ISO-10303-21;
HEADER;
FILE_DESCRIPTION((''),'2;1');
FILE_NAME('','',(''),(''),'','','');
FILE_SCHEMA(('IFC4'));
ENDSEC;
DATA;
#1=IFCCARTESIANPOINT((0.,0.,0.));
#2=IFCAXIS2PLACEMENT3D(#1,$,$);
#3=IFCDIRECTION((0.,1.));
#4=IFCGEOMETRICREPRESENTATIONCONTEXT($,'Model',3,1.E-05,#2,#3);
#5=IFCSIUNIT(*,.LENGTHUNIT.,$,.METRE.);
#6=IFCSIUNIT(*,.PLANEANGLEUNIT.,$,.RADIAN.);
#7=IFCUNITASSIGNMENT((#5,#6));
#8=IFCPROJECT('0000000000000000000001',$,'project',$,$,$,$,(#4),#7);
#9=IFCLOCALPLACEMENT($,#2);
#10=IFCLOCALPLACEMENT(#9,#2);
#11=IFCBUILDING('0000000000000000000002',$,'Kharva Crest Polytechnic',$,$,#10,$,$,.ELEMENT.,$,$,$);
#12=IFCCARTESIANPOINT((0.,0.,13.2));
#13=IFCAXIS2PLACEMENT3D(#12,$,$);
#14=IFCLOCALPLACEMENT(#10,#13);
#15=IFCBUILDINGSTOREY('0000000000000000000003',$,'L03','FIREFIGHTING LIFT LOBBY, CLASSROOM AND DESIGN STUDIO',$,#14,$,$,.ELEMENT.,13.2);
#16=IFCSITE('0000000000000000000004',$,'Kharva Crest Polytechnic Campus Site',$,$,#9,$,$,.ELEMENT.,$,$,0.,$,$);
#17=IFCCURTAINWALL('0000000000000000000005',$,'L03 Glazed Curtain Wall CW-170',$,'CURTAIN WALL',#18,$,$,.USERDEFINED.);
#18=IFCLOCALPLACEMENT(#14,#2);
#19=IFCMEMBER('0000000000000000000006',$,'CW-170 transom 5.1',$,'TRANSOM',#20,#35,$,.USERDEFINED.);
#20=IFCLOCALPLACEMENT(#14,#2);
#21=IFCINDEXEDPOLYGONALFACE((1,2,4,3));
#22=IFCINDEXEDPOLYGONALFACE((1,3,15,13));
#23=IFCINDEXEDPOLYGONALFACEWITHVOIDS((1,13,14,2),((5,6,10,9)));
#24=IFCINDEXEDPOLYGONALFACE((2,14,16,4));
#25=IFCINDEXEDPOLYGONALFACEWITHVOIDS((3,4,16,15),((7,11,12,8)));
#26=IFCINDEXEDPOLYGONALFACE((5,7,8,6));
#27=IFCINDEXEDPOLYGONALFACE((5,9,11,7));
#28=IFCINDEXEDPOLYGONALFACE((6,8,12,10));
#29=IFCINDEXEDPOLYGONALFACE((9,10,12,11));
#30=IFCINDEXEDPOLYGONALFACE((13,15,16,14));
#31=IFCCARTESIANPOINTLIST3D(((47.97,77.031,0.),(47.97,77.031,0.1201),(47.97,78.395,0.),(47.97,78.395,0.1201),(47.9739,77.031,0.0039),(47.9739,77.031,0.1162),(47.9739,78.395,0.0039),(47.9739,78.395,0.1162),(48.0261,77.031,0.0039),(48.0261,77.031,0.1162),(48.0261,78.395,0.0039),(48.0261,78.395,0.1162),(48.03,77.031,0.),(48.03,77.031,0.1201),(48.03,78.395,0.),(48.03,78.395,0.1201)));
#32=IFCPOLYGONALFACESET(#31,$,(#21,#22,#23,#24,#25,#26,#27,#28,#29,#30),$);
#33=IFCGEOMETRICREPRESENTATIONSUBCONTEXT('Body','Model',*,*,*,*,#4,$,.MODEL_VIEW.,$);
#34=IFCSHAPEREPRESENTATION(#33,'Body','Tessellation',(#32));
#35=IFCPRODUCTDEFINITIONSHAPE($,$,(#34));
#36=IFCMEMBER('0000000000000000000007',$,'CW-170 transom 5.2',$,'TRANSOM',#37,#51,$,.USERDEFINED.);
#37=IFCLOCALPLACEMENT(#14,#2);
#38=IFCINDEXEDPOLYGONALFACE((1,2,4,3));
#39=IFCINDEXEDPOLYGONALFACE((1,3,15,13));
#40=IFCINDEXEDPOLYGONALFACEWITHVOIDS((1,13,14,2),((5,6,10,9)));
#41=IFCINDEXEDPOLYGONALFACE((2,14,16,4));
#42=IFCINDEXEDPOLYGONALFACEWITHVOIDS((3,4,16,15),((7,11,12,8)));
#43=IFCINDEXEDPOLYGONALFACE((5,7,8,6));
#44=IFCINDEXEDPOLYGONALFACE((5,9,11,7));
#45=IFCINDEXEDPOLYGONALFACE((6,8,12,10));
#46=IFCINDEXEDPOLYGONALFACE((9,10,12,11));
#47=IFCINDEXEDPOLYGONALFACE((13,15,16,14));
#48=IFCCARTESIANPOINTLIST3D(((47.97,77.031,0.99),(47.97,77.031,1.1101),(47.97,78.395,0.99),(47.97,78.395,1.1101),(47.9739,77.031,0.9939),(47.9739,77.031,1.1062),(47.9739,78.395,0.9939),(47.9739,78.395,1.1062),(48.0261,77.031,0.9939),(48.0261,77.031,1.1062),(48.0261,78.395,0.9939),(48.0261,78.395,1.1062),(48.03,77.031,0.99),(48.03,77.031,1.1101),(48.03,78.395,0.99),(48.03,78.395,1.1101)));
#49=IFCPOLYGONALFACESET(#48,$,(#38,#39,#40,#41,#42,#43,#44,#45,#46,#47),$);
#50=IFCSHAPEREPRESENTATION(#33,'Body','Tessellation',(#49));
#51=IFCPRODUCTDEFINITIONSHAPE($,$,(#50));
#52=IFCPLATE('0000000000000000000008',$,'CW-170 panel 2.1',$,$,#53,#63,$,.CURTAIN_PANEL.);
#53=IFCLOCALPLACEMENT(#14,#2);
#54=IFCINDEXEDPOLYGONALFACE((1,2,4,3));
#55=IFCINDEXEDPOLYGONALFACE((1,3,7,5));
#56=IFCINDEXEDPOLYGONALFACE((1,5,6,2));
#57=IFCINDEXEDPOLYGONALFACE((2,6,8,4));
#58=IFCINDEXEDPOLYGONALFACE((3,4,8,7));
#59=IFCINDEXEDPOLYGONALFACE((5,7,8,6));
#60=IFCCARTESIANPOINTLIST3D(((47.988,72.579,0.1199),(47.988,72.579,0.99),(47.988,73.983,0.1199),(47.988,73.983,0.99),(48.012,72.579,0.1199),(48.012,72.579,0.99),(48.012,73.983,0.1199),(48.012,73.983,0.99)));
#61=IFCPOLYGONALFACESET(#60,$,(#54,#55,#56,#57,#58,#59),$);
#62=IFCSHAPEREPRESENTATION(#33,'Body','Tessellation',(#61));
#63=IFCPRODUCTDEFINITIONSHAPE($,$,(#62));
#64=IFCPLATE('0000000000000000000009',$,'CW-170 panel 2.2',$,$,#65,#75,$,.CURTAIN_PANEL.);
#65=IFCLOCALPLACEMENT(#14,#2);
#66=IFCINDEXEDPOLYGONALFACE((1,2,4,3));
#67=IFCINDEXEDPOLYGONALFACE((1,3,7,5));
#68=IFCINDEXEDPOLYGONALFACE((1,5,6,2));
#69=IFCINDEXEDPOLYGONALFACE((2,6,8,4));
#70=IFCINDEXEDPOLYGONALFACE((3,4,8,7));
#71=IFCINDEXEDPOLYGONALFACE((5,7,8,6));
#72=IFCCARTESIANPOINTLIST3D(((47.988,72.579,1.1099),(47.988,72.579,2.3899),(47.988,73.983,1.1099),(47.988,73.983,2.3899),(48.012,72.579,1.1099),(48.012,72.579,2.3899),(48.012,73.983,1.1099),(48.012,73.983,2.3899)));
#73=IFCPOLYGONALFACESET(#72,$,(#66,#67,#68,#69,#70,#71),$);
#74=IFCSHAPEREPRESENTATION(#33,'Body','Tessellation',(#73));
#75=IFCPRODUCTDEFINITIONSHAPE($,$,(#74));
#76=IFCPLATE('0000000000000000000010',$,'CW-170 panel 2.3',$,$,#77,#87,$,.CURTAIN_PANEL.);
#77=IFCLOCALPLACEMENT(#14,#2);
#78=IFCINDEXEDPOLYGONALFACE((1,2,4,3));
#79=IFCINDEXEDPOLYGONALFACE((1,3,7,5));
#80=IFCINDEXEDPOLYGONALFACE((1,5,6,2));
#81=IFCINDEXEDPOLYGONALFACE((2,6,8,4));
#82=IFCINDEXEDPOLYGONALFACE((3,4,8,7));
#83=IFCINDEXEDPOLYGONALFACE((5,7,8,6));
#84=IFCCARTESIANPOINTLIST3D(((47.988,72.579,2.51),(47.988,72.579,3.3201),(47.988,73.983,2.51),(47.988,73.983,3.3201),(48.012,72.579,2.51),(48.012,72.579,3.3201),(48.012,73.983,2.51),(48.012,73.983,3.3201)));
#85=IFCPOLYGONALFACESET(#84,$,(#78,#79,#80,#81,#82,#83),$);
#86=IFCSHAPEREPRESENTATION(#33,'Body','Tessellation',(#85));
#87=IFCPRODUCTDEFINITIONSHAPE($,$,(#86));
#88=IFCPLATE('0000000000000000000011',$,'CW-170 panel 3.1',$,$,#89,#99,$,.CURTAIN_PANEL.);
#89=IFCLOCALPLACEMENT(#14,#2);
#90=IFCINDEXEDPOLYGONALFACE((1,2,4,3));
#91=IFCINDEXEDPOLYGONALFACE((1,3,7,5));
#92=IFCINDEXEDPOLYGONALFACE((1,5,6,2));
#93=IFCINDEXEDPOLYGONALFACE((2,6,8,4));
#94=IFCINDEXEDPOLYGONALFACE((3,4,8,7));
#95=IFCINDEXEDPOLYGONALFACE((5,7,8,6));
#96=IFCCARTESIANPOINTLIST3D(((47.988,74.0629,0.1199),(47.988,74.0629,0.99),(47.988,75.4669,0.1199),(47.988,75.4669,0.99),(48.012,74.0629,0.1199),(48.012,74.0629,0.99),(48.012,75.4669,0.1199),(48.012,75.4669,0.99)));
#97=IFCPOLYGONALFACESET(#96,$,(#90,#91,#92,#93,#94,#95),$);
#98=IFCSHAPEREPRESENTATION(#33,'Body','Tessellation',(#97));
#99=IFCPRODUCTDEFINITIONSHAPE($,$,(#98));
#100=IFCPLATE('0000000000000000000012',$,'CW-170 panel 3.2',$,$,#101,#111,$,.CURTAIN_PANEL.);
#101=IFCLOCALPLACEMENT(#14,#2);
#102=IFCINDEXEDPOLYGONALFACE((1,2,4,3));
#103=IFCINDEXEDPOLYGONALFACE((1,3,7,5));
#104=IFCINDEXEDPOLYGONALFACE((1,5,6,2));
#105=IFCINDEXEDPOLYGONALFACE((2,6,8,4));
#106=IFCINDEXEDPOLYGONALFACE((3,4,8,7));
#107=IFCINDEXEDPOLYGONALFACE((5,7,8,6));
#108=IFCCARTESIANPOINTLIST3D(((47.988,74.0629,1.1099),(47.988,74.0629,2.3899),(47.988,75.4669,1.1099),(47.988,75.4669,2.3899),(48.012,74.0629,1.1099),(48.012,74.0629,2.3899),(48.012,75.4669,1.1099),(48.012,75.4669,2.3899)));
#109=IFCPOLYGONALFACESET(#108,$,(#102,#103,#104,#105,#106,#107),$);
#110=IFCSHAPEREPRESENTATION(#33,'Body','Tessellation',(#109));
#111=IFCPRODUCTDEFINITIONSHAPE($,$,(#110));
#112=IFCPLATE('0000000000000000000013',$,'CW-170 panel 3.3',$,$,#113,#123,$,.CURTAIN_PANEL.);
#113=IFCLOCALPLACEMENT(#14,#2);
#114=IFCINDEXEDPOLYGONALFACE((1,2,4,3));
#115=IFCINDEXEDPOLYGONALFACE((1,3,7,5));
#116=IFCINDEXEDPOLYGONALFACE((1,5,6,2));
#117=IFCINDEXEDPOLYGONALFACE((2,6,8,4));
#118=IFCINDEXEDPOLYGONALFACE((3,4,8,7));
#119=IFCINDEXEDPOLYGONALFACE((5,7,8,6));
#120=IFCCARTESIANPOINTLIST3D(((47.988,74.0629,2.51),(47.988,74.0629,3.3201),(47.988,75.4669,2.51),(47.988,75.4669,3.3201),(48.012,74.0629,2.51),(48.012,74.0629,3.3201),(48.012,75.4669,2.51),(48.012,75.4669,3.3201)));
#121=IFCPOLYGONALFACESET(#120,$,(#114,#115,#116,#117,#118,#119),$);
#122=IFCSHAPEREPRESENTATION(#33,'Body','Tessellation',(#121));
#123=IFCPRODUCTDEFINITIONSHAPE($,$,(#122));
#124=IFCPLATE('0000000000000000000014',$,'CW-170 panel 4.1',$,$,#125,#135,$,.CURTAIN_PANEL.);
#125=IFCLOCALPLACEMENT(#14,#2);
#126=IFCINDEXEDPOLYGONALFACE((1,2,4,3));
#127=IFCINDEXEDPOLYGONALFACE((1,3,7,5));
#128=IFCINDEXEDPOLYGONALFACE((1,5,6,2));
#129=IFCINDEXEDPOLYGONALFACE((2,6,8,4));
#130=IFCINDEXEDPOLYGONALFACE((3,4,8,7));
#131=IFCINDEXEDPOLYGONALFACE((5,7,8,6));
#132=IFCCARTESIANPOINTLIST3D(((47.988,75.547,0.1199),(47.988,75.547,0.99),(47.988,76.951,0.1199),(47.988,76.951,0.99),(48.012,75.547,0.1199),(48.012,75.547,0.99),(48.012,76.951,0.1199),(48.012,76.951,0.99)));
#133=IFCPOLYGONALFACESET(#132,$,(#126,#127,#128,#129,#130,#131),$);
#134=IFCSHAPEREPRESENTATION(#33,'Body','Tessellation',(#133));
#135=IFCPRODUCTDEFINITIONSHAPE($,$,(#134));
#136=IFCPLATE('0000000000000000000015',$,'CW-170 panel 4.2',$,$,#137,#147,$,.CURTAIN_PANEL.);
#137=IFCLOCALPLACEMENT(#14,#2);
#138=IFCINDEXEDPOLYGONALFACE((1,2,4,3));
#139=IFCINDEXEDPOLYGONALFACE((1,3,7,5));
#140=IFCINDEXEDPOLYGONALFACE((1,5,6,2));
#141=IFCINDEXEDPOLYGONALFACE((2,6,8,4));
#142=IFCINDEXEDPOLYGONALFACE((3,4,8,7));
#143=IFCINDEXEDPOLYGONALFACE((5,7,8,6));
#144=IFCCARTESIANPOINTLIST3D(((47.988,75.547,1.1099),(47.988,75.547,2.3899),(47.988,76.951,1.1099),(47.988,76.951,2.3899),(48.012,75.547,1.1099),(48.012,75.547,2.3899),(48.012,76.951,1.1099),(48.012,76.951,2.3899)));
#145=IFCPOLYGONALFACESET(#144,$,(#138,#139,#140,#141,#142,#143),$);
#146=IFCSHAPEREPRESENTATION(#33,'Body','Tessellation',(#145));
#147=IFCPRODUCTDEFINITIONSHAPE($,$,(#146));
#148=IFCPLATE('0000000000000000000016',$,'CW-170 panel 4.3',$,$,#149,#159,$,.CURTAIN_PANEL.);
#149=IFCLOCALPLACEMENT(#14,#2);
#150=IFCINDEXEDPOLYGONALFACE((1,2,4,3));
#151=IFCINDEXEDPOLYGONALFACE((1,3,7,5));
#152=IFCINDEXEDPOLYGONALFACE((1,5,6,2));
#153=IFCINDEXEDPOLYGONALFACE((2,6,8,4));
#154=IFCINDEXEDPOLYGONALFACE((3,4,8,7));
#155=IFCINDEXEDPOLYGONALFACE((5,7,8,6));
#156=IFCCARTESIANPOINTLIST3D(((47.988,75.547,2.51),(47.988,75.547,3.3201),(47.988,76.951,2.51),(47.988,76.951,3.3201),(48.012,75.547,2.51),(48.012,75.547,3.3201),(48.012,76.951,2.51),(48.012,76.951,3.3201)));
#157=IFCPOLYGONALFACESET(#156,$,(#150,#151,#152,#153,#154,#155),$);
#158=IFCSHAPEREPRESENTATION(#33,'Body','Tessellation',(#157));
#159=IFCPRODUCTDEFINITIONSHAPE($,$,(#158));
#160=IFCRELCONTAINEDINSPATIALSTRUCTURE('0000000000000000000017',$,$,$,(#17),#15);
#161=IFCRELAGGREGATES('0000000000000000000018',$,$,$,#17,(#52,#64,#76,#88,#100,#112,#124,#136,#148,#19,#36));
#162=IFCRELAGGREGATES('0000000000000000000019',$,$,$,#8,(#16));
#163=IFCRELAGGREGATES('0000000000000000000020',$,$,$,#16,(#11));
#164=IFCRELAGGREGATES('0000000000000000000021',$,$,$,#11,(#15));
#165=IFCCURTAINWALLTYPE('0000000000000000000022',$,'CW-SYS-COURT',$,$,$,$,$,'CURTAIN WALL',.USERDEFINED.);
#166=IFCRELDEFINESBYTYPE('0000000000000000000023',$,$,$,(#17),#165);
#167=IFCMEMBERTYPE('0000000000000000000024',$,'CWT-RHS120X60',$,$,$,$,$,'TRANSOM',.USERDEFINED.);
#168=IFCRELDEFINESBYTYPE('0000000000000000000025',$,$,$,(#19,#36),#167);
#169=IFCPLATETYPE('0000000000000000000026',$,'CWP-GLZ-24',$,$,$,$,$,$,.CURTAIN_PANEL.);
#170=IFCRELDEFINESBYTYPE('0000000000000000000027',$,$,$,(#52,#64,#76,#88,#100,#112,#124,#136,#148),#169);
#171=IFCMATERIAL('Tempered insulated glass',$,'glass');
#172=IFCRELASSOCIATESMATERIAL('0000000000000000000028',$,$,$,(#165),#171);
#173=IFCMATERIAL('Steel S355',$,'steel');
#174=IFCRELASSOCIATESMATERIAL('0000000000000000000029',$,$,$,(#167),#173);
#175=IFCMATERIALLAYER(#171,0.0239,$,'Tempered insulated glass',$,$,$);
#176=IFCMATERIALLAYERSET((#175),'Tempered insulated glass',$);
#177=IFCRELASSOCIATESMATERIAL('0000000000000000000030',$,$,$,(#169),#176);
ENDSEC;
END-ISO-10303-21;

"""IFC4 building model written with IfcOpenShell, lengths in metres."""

from ifc_helpers import new_model, si_unit, direction, frame, origin, origin_2d, place, context, subcontext, project, spatial, rectangle, hollow_rectangle, extrude, material, layer, layer_set, material_profile, profile_set, type_object, element, aggregate, save


model = new_model("IFC4")

# Units and contexts
model_context = context("Model", 3, precision=1e-05, world=origin(), true_north=direction((0.0, 1.0)))
body_context = subcontext(model_context, "Body", "Model", "MODEL_VIEW")
ifc_project = project(units=[si_unit("LENGTHUNIT", "METRE"), si_unit("PLANEANGLEUNIT", "RADIAN")], contexts=[model_context])

# Site, building, storey
site_placement = place(None, origin())
site = spatial("IfcSite", under=ifc_project, at=site_placement, Name="Kharva Crest Polytechnic Campus Site", CompositionType="ELEMENT", RefElevation=0.0)
building_placement = place(site_placement, origin())
building = spatial("IfcBuilding", under=site, at=building_placement, Name="Kharva Crest Polytechnic", CompositionType="ELEMENT")
storey_placement = place(building_placement, frame((0.0, 0.0, 13.2)))
storey = spatial("IfcBuildingStorey", under=building, at=storey_placement, Name="L03", Description="FIREFIGHTING LIFT LOBBY, CLASSROOM AND DESIGN STUDIO", CompositionType="ELEMENT", Elevation=13.2)

# Curtain wall, members, plates
ifc_material_1 = material(Name="Tempered insulated glass", Category="glass")
curtain_wall_type = type_object("IfcCurtainWallType", Name="CW-SYS-COURT", ElementType="CURTAIN WALL", PredefinedType="USERDEFINED", material=ifc_material_1)
curtain_wall_placement = place(storey_placement, origin())
curtain_wall = element("IfcCurtainWall", 1, at=curtain_wall_placement, inside=storey, type_object=curtain_wall_type, Name="L03 Glazed Curtain Wall CW-170", ObjectType="CURTAIN WALL", PredefinedType="USERDEFINED")
ifc_material_2 = material(Name="Steel S355", Category="steel")
ifc_material_profile_1 = material_profile(ifc_material_2, hollow_rectangle(XDim=0.0601, YDim=0.1201, WallThickness=0.0039, at=origin_2d()), Name="RHS 120X60X4.0")
ifc_profile_set_1 = profile_set([ifc_material_profile_1], Name="Steel S355")
member_type_1 = type_object("IfcMemberType", Name="CWT-RHS120X60", ElementType="TRANSOM", PredefinedType="USERDEFINED", material=ifc_profile_set_1)
member_1_placement = place(storey_placement, frame((48.0, 77.031, 0.0601), z_axis=(0.0, 1.0, 0.0), x_axis=(-1.0, 0.0, 0.0)))
member_1 = element("IfcMember", 2, at=member_1_placement, type_object=member_type_1, Name="CW-170 transom 5.1", ObjectType="TRANSOM", PredefinedType="USERDEFINED", context=body_context, shape_type="SweptSolid", body=[
    extrude(hollow_rectangle(XDim=0.0601, YDim=0.1201, WallThickness=0.0039, at=origin_2d()), origin(), (0.0, 0.0, 1.0), 1.364),
])
member_2_placement = place(storey_placement, frame((48.0, 77.031, 1.05), z_axis=(0.0, 1.0, 0.0), x_axis=(-1.0, 0.0, 0.0)))
member_2 = element("IfcMember", 3, at=member_2_placement, type_object=member_type_1, Name="CW-170 transom 5.2", ObjectType="TRANSOM", PredefinedType="USERDEFINED", context=body_context, shape_type="SweptSolid", body=[
    extrude(hollow_rectangle(XDim=0.0601, YDim=0.1201, WallThickness=0.0039, at=origin_2d()), origin(), (0.0, 0.0, 1.0), 1.364),
])
ifc_layer = layer(ifc_material_1, 0.0239, Name="Tempered insulated glass")
ifc_layer_set = layer_set([ifc_layer], Name="Tempered insulated glass")
plate_type = type_object("IfcPlateType", Name="CWP-GLZ-24", PredefinedType="CURTAIN_PANEL", material=ifc_layer_set)
plate_1_placement = place(storey_placement, frame((48.0, 73.281, 0.1199), z_axis=(0.0, 0.0, 1.0), x_axis=(0.0, 1.0, 0.0)))
plate_1 = element("IfcPlate", 4, at=plate_1_placement, type_object=plate_type, Name="CW-170 panel 2.1", PredefinedType="CURTAIN_PANEL", context=body_context, shape_type="SweptSolid", body=[
    extrude(rectangle(XDim=1.4041, YDim=0.0239, at=origin_2d()), origin(), (0.0, 0.0, 1.0), 0.8701),
])
plate_2_placement = place(storey_placement, frame((48.0, 73.281, 1.1099), z_axis=(0.0, 0.0, 1.0), x_axis=(0.0, 1.0, 0.0)))
plate_2 = element("IfcPlate", 5, at=plate_2_placement, type_object=plate_type, Name="CW-170 panel 2.2", PredefinedType="CURTAIN_PANEL", context=body_context, shape_type="SweptSolid", body=[
    extrude(rectangle(XDim=1.4041, YDim=0.0239, at=origin_2d()), origin(), (0.0, 0.0, 1.0), 1.28),
])
plate_3_placement = place(storey_placement, frame((48.0, 73.281, 2.51), z_axis=(0.0, 0.0, 1.0), x_axis=(0.0, 1.0, 0.0)))
plate_3 = element("IfcPlate", 6, at=plate_3_placement, type_object=plate_type, Name="CW-170 panel 2.3", PredefinedType="CURTAIN_PANEL", context=body_context, shape_type="SweptSolid", body=[
    extrude(rectangle(XDim=1.4041, YDim=0.0239, at=origin_2d()), origin(), (0.0, 0.0, 1.0), 0.8101),
])
plate_4_placement = place(storey_placement, frame((48.0, 74.7649, 0.1199), z_axis=(0.0, 0.0, 1.0), x_axis=(0.0, 1.0, 0.0)))
plate_4 = element("IfcPlate", 7, at=plate_4_placement, type_object=plate_type, Name="CW-170 panel 3.1", PredefinedType="CURTAIN_PANEL", context=body_context, shape_type="SweptSolid", body=[
    extrude(rectangle(XDim=1.4041, YDim=0.0239, at=origin_2d()), origin(), (0.0, 0.0, 1.0), 0.8701),
])
plate_5_placement = place(storey_placement, frame((48.0, 74.7649, 1.1099), z_axis=(0.0, 0.0, 1.0), x_axis=(0.0, 1.0, 0.0)))
plate_5 = element("IfcPlate", 8, at=plate_5_placement, type_object=plate_type, Name="CW-170 panel 3.2", PredefinedType="CURTAIN_PANEL", context=body_context, shape_type="SweptSolid", body=[
    extrude(rectangle(XDim=1.4041, YDim=0.0239, at=origin_2d()), origin(), (0.0, 0.0, 1.0), 1.28),
])
plate_6_placement = place(storey_placement, frame((48.0, 74.7649, 2.51), z_axis=(0.0, 0.0, 1.0), x_axis=(0.0, 1.0, 0.0)))
plate_6 = element("IfcPlate", 9, at=plate_6_placement, type_object=plate_type, Name="CW-170 panel 3.3", PredefinedType="CURTAIN_PANEL", context=body_context, shape_type="SweptSolid", body=[
    extrude(rectangle(XDim=1.4041, YDim=0.0239, at=origin_2d()), origin(), (0.0, 0.0, 1.0), 0.8101),
])
plate_7_placement = place(storey_placement, frame((48.0, 76.249, 0.1199), z_axis=(0.0, 0.0, 1.0), x_axis=(0.0, 1.0, 0.0)))
plate_7 = element("IfcPlate", 10, at=plate_7_placement, type_object=plate_type, Name="CW-170 panel 4.1", PredefinedType="CURTAIN_PANEL", context=body_context, shape_type="SweptSolid", body=[
    extrude(rectangle(XDim=1.4041, YDim=0.0239, at=origin_2d()), origin(), (0.0, 0.0, 1.0), 0.8701),
])
plate_8_placement = place(storey_placement, frame((48.0, 76.249, 1.1099), z_axis=(0.0, 0.0, 1.0), x_axis=(0.0, 1.0, 0.0)))
plate_8 = element("IfcPlate", 11, at=plate_8_placement, type_object=plate_type, Name="CW-170 panel 4.2", PredefinedType="CURTAIN_PANEL", context=body_context, shape_type="SweptSolid", body=[
    extrude(rectangle(XDim=1.4041, YDim=0.0239, at=origin_2d()), origin(), (0.0, 0.0, 1.0), 1.28),
])
plate_9_placement = place(storey_placement, frame((48.0, 76.249, 2.51), z_axis=(0.0, 0.0, 1.0), x_axis=(0.0, 1.0, 0.0)))
plate_9 = element("IfcPlate", 12, at=plate_9_placement, type_object=plate_type, Name="CW-170 panel 4.3", PredefinedType="CURTAIN_PANEL", context=body_context, shape_type="SweptSolid", body=[
    extrude(rectangle(XDim=1.4041, YDim=0.0239, at=origin_2d()), origin(), (0.0, 0.0, 1.0), 0.8101),
])
aggregate(curtain_wall, [plate_1, plate_2, plate_3, plate_4, plate_5, plate_6, plate_7, plate_8, plate_9, member_1, member_2])

save(model, "model.ifc")
